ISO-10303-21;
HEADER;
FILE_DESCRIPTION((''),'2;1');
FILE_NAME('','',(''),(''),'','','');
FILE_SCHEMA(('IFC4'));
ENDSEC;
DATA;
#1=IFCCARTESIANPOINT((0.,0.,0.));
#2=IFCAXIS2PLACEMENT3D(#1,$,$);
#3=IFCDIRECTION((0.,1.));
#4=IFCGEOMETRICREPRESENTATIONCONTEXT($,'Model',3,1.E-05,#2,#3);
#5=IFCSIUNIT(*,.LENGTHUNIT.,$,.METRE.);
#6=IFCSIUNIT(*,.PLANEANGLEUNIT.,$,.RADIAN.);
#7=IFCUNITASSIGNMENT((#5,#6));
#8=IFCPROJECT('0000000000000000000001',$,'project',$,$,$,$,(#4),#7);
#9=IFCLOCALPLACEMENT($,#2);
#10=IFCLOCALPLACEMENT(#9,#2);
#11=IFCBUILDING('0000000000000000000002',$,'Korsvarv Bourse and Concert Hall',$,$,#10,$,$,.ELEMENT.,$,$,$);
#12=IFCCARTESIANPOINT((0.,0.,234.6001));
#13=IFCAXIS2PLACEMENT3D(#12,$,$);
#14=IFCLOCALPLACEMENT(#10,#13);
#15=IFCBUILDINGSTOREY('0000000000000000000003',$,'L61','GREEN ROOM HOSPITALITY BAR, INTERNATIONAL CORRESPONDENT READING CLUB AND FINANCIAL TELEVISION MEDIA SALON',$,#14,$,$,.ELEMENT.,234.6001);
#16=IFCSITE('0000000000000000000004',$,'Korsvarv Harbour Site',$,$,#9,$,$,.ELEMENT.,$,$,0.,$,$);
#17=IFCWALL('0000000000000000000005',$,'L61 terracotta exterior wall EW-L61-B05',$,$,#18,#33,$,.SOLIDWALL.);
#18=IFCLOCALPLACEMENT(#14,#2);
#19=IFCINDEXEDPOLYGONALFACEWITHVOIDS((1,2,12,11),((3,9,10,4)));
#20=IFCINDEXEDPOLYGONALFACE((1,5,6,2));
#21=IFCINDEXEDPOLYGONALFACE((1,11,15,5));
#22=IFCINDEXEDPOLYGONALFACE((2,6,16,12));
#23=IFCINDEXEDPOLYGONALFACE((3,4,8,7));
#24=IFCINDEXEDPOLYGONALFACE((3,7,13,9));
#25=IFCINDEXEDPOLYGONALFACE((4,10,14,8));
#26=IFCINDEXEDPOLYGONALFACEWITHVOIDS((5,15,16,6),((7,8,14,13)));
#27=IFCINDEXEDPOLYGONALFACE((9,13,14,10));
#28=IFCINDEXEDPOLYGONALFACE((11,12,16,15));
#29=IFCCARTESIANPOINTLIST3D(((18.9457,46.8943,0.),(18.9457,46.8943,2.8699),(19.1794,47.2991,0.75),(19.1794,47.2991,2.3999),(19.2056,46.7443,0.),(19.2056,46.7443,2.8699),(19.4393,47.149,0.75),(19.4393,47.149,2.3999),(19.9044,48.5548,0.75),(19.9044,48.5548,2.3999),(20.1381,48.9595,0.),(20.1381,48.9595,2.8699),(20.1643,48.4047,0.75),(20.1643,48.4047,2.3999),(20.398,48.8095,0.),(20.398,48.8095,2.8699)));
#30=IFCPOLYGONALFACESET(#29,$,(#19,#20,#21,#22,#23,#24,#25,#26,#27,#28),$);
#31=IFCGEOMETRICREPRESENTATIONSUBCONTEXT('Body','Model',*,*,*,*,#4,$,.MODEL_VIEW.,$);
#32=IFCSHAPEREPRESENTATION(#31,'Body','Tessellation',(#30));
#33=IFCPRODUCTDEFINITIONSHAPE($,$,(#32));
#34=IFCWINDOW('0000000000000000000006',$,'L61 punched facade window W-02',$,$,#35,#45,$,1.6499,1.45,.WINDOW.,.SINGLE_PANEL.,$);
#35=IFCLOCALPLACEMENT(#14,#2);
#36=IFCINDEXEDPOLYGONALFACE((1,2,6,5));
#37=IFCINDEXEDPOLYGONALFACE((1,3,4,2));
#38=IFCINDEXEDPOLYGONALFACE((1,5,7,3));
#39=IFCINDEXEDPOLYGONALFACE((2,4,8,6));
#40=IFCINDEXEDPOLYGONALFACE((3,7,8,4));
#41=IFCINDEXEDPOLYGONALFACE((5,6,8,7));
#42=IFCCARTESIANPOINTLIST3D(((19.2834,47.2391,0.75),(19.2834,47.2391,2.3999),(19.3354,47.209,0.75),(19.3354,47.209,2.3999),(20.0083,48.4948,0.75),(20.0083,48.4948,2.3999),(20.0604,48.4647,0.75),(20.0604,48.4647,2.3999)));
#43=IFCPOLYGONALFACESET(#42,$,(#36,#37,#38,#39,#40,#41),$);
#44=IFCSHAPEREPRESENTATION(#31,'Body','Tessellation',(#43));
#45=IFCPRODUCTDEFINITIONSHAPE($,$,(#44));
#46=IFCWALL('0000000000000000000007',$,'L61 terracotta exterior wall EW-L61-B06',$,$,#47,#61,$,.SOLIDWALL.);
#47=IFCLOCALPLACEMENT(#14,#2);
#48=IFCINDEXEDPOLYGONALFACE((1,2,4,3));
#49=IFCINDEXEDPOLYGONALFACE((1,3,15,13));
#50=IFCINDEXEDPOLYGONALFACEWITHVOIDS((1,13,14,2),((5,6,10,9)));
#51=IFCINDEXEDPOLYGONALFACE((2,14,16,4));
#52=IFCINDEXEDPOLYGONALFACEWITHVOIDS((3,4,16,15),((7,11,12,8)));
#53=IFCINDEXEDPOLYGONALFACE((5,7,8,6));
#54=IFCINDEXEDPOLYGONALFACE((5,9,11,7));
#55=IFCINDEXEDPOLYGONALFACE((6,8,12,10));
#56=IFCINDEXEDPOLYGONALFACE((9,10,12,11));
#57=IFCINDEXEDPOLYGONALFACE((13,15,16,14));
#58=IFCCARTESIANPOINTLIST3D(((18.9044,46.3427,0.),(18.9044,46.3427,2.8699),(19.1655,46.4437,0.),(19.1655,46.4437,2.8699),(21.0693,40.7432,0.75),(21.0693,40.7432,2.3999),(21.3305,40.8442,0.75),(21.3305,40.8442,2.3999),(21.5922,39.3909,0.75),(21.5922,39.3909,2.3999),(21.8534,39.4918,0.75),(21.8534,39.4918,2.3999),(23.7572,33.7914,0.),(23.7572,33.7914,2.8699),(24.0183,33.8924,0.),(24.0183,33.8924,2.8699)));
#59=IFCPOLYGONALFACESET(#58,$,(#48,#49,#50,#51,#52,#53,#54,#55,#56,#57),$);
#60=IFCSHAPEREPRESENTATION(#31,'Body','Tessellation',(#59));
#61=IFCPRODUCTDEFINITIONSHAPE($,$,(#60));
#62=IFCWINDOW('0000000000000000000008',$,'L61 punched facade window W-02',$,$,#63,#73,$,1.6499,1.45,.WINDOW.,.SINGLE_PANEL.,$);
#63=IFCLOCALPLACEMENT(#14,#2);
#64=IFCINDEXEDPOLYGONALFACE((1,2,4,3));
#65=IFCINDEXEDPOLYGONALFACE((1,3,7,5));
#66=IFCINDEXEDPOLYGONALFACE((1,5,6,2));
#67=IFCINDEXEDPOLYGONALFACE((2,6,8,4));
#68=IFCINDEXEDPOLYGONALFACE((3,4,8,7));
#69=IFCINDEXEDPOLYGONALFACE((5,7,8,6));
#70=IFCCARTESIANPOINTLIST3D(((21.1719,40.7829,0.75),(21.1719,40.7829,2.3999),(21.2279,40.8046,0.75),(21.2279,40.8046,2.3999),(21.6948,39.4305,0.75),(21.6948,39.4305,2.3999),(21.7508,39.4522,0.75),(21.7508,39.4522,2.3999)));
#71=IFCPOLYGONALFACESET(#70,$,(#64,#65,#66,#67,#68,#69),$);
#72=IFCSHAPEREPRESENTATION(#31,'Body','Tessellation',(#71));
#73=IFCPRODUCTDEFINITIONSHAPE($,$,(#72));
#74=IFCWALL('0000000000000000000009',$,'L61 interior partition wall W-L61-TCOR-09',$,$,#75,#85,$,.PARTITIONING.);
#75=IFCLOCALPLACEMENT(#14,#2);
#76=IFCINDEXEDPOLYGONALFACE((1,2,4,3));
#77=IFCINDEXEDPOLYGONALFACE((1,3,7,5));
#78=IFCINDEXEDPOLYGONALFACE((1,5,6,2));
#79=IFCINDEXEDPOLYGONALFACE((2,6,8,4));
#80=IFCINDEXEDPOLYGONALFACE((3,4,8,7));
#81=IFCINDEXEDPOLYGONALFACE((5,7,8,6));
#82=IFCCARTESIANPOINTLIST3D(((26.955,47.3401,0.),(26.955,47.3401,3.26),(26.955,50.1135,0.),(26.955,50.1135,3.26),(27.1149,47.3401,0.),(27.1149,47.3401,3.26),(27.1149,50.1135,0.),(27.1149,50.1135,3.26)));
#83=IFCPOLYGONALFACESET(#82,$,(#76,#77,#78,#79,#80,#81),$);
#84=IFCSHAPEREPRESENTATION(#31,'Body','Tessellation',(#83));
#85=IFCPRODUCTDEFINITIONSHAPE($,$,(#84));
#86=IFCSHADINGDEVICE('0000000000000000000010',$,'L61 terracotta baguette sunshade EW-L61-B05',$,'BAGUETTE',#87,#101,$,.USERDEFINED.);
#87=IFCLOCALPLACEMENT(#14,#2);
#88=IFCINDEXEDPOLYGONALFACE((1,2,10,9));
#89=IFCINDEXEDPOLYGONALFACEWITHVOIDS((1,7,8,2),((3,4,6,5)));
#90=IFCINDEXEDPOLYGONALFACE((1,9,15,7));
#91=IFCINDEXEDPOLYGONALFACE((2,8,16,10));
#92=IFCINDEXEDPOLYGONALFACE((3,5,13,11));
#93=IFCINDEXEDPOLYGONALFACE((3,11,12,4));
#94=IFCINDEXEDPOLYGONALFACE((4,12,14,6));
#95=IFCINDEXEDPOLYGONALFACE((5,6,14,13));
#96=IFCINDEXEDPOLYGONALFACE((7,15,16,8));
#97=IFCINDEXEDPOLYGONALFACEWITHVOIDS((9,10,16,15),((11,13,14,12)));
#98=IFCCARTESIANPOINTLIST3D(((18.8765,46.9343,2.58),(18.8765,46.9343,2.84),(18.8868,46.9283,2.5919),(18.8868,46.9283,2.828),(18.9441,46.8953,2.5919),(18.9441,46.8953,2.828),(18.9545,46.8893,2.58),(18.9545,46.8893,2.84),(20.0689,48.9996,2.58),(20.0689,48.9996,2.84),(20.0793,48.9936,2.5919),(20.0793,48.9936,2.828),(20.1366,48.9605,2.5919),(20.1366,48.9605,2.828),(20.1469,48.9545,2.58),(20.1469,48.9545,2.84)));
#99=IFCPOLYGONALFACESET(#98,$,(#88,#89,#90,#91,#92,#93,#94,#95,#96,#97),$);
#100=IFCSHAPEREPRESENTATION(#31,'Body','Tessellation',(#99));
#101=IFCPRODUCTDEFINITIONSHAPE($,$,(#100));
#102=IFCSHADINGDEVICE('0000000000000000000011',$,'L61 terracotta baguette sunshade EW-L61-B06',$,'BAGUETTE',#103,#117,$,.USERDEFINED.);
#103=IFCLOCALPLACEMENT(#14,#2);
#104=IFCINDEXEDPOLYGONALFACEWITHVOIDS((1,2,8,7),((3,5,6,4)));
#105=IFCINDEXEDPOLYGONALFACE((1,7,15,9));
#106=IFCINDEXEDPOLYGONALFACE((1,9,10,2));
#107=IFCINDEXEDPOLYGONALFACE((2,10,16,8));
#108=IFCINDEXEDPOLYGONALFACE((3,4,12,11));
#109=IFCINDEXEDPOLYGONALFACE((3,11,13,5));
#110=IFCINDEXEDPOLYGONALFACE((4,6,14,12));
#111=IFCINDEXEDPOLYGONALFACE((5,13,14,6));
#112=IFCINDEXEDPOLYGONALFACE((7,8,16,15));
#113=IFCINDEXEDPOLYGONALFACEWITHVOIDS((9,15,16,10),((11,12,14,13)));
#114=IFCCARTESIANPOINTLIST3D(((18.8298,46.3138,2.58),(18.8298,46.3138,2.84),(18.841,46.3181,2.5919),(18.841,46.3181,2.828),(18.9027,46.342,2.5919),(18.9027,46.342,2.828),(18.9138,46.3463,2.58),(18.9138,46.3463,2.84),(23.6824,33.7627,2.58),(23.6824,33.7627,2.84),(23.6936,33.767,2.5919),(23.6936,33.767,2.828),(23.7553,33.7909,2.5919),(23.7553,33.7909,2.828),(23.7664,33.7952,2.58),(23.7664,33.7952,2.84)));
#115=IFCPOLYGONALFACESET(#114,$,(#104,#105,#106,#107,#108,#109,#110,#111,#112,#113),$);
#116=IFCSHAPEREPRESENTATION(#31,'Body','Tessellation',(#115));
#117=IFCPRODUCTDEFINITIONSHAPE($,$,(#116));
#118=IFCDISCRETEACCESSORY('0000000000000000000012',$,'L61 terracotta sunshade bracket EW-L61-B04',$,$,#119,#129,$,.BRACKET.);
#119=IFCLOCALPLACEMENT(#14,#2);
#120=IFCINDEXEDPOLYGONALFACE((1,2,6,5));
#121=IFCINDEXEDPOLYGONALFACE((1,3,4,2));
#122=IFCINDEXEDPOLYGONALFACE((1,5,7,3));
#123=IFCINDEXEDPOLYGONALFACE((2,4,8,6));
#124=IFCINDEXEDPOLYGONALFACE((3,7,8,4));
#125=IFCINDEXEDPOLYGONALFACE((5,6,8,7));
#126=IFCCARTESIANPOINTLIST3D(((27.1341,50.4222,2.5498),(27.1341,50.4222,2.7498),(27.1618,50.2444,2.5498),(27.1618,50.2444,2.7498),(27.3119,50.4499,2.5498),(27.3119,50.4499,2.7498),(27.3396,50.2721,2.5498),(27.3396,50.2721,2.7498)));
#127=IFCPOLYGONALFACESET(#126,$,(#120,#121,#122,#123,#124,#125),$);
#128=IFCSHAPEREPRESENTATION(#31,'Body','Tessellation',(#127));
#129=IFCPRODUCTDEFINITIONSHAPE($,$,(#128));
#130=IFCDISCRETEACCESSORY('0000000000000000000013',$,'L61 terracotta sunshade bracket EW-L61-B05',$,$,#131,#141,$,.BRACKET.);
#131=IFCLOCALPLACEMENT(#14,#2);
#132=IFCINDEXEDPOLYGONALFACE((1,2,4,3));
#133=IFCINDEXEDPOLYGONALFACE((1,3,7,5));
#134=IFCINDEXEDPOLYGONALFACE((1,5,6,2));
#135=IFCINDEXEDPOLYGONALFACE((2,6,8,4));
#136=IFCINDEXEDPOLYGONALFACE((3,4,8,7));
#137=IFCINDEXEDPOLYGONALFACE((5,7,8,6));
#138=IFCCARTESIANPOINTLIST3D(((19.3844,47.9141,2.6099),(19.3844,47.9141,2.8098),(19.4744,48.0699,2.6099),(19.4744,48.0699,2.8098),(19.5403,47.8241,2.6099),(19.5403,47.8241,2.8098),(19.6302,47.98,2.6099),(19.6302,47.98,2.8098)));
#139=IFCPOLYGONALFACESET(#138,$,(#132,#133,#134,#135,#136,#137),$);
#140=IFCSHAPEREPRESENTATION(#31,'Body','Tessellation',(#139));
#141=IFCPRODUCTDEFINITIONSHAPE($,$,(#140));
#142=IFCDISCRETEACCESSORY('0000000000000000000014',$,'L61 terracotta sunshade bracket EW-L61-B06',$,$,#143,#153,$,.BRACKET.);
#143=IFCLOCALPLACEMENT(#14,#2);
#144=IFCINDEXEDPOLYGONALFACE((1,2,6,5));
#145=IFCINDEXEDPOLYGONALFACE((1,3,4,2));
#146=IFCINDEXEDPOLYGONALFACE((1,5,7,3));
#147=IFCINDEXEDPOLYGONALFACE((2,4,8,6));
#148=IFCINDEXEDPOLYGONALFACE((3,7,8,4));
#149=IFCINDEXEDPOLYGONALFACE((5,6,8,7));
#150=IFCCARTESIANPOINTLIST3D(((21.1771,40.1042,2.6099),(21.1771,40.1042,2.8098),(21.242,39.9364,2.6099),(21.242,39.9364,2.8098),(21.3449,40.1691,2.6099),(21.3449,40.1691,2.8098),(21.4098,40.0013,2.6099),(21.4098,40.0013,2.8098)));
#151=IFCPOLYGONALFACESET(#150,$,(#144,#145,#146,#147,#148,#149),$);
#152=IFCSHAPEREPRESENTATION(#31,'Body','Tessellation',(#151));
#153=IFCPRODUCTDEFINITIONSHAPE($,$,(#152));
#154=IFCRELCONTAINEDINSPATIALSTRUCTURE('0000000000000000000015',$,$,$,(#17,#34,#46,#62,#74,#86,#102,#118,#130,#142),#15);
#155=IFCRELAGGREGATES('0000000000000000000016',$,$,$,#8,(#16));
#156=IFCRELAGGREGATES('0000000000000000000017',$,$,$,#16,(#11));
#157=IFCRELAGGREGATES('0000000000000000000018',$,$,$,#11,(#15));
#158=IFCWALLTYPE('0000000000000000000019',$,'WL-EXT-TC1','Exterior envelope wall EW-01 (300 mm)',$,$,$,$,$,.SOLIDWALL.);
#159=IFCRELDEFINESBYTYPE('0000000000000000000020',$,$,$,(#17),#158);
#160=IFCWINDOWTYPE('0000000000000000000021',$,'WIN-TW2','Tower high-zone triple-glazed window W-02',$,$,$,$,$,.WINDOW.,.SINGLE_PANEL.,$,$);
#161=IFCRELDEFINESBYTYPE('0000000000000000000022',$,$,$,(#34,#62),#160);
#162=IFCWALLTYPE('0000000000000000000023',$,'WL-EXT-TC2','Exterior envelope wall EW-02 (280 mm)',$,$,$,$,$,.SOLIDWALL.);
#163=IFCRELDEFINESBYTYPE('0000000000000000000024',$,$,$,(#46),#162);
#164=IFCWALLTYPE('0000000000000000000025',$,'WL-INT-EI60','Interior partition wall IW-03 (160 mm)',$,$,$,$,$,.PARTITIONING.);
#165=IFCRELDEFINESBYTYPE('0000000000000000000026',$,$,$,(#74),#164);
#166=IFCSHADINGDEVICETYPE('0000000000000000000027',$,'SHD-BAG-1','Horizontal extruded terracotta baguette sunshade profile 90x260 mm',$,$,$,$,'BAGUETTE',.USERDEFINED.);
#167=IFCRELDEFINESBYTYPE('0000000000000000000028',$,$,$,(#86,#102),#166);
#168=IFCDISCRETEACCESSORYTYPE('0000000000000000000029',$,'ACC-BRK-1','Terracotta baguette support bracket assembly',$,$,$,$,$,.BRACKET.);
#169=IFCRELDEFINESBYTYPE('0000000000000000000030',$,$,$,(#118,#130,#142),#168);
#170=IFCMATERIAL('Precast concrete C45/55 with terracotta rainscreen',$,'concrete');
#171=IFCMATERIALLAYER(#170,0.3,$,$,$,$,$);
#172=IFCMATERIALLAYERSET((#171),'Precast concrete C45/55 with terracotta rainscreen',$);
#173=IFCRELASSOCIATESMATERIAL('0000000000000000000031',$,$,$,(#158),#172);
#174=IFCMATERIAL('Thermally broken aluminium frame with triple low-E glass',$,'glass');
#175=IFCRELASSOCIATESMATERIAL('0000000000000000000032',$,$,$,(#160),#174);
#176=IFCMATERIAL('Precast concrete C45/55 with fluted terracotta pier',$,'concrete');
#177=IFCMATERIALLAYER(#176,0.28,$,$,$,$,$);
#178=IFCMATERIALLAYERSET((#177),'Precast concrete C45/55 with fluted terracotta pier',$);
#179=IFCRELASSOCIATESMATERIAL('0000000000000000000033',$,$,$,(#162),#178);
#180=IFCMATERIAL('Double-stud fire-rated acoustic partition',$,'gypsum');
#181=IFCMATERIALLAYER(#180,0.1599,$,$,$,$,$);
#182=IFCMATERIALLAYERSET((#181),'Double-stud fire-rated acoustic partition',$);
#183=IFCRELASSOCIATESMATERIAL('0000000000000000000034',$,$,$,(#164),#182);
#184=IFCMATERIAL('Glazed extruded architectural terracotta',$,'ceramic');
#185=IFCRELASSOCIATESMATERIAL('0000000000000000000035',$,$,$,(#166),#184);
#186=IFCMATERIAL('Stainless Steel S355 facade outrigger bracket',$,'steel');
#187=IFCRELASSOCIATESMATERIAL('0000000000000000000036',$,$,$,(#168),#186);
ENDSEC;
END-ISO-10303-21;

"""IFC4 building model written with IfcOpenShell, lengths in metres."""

from ifc_helpers import new_model, si_unit, direction, frame, frame_2d, origin, origin_2d, place, context, subcontext, project, spatial, rectangle, hollow_rectangle, extrude, source, transform, mapped, material, layer, layer_set, material_profile, profile_set, type_object, element, fill, save


model = new_model("IFC4")

# Units and contexts
model_context = context("Model", 3, precision=1e-05, world=origin(), true_north=direction((0.0, 1.0)))
body_context = subcontext(model_context, "Body", "Model", "MODEL_VIEW")
ifc_project = project(units=[si_unit("LENGTHUNIT", "METRE"), si_unit("PLANEANGLEUNIT", "RADIAN")], contexts=[model_context])

# Site, building, storey
site_placement = place(None, origin())
site = spatial("IfcSite", under=ifc_project, at=site_placement, Name="Korsvarv Harbour Site", CompositionType="ELEMENT", RefElevation=0.0)
building_placement = place(site_placement, origin())
building = spatial("IfcBuilding", under=site, at=building_placement, Name="Korsvarv Bourse and Concert Hall", CompositionType="ELEMENT")
storey_placement = place(building_placement, frame((0.0, 0.0, 234.6001)))
storey = spatial("IfcBuildingStorey", under=building, at=storey_placement, Name="L61", Description="GREEN ROOM HOSPITALITY BAR, INTERNATIONAL CORRESPONDENT READING CLUB AND FINANCIAL TELEVISION MEDIA SALON", CompositionType="ELEMENT", Elevation=234.6001)

# Walls, openings, windows
ifc_material_1 = material(Name="Precast concrete C45/55 with terracotta rainscreen", Category="concrete")
ifc_layer_1 = layer(ifc_material_1, 0.3)
ifc_layer_set_1 = layer_set([ifc_layer_1], Name="Precast concrete C45/55 with terracotta rainscreen")
wall_type_1 = type_object("IfcWallType", Name="WL-EXT-TC1", Description="Exterior envelope wall EW-01 (300 mm)", PredefinedType="SOLIDWALL", material=ifc_layer_set_1)
wall_1_placement = place(storey_placement, frame((20.2681, 48.8845, 0.0), z_axis=(0.0, 0.0, 1.0), x_axis=(-0.500015, -0.866017, 0.0)))
wall_1 = element("IfcWall", 1, at=wall_1_placement, inside=storey, type_object=wall_type_1, Name="L61 terracotta exterior wall EW-L61-B05", PredefinedType="SOLIDWALL", context=body_context, shape_type="SweptSolid", body=[
    extrude(rectangle(XDim=2.3848, YDim=0.3, at=frame_2d((1.1924, 0.0))), origin(), (0.0, 0.0, 1.0), 2.8699),
])
opening_1_placement = place(wall_1_placement, frame((0.4673, 0.0, 0.75)))
opening_1 = element("IfcOpeningElement", 2, at=opening_1_placement, cuts=wall_1, PredefinedType="OPENING", context=body_context, shape_type="SweptSolid", body=[
    extrude(rectangle(XDim=1.45, YDim=1.6499, at=frame_2d((0.7251, 0.825))), frame((0.0, 0.1602, 0.0), z_axis=(0.0, -1.0, 0.0), x_axis=(1.0, 0.0, 0.0)), (0.0, 0.0, 1.0), 0.3201),
])
ifc_material_2 = material(Name="Thermally broken aluminium frame with triple low-E glass", Category="glass")
window_type = type_object("IfcWindowType", Name="WIN-TW2", Description="Tower high-zone triple-glazed window W-02", PartitioningType="SINGLE_PANEL", PredefinedType="WINDOW", material=ifc_material_2)
window_1_placement = place(opening_1_placement, origin())
window_1 = element("IfcWindow", 3, at=window_1_placement, inside=storey, type_object=window_type, Name="L61 punched facade window W-02", OverallHeight=1.6499, OverallWidth=1.45, PartitioningType="SINGLE_PANEL", PredefinedType="WINDOW", context=body_context, shape_type="SweptSolid", body=[
    extrude(rectangle(XDim=1.45, YDim=1.6499, at=frame_2d((0.7251, 0.825))), frame((0.0, 0.03, 0.0), z_axis=(0.0, -1.0, 0.0), x_axis=(1.0, 0.0, 0.0)), (0.0, 0.0, 1.0), 0.0601),
])
fill(opening_1, window_1)
ifc_material_3 = material(Name="Precast concrete C45/55 with fluted terracotta pier", Category="concrete")
ifc_layer_2 = layer(ifc_material_3, 0.28)
ifc_layer_set_2 = layer_set([ifc_layer_2], Name="Precast concrete C45/55 with fluted terracotta pier")
wall_type_2 = type_object("IfcWallType", Name="WL-EXT-TC2", Description="Exterior envelope wall EW-02 (280 mm)", PredefinedType="SOLIDWALL", material=ifc_layer_set_2)
wall_2_placement = place(storey_placement, frame((19.0349, 46.3933, 0.0), z_axis=(0.0, 0.0, 1.0), x_axis=(0.360621, -0.932712, 0.0)))
wall_2 = element("IfcWall", 4, at=wall_2_placement, inside=storey, type_object=wall_type_2, Name="L61 terracotta exterior wall EW-L61-B06", PredefinedType="SOLIDWALL", context=body_context, shape_type="SweptSolid", body=[
    extrude(rectangle(XDim=13.4568, YDim=0.28, at=frame_2d((6.7285, 0.0))), origin(), (0.0, 0.0, 1.0), 2.8699),
])
opening_2_placement = place(wall_2_placement, frame((6.0034, 0.0, 0.75)))
opening_2 = element("IfcOpeningElement", 5, at=opening_2_placement, cuts=wall_2, PredefinedType="OPENING", context=body_context, shape_type="SweptSolid", body=[
    extrude(rectangle(XDim=1.45, YDim=1.6499, at=frame_2d((0.7251, 0.825))), frame((0.0, 0.1499, 0.0), z_axis=(0.0, -1.0, 0.0), x_axis=(1.0, 0.0, 0.0)), (0.0, 0.0, 1.0), 0.3),
])
window_2_placement = place(opening_2_placement, origin())
window_2 = element("IfcWindow", 6, at=window_2_placement, inside=storey, type_object=window_type, Name="L61 punched facade window W-02", OverallHeight=1.6499, OverallWidth=1.45, PartitioningType="SINGLE_PANEL", PredefinedType="WINDOW", context=body_context, shape_type="SweptSolid", body=[
    extrude(rectangle(XDim=1.45, YDim=1.6499, at=frame_2d((0.7251, 0.825))), frame((0.0, 0.03, 0.0), z_axis=(0.0, -1.0, 0.0), x_axis=(1.0, 0.0, 0.0)), (0.0, 0.0, 1.0), 0.0601),
])
fill(opening_2, window_2)

# Wall
ifc_material_4 = material(Name="Double-stud fire-rated acoustic partition", Category="gypsum")
ifc_layer_3 = layer(ifc_material_4, 0.1599)
ifc_layer_set_3 = layer_set([ifc_layer_3], Name="Double-stud fire-rated acoustic partition")
wall_type_3 = type_object("IfcWallType", Name="WL-INT-EI60", Description="Interior partition wall IW-03 (160 mm)", PredefinedType="PARTITIONING", material=ifc_layer_set_3)
wall_3_placement = place(storey_placement, frame((27.0349, 47.3401, 0.0), z_axis=(0.0, 0.0, 1.0), x_axis=(0.0, 1.0, 0.0)))
element("IfcWall", 7, at=wall_3_placement, inside=storey, type_object=wall_type_3, Name="L61 interior partition wall W-L61-TCOR-09", PredefinedType="PARTITIONING", context=body_context, shape_type="SweptSolid", body=[
    extrude(rectangle(XDim=2.7734, YDim=0.1599, at=frame_2d((1.3867, 0.0))), origin(), (0.0, 0.0, 1.0), 3.26),
])

# Shading devices
ifc_material_5 = material(Name="Glazed extruded architectural terracotta", Category="ceramic")
ifc_material_profile_1 = material_profile(ifc_material_5, hollow_rectangle(XDim=0.0901, YDim=0.26, WallThickness=0.012, at=origin_2d()), Name="TC-BAG 90x260")
ifc_profile_set_1 = profile_set([ifc_material_profile_1], Name="Glazed extruded architectural terracotta")
shading_device_type = type_object("IfcShadingDeviceType", Name="SHD-BAG-1", Description="Horizontal extruded terracotta baguette sunshade profile 90x260 mm", ElementType="BAGUETTE", PredefinedType="USERDEFINED", material=ifc_profile_set_1)
shared_shape_1 = source(origin(), body_context, "Body", "SweptSolid", [
    extrude(hollow_rectangle(XDim=0.0901, YDim=0.26, WallThickness=0.012, at=origin_2d()), origin(), (0.0, 0.0, 1.0), 2.3848),
])
shading_device_1_placement = place(storey_placement, frame((20.1079, 48.9771, 2.71), z_axis=(-0.500015, -0.866017, 0.0), x_axis=(0.866017, -0.500015, 0.0)))
element("IfcShadingDevice", 8, at=shading_device_1_placement, inside=storey, type_object=shading_device_type, Name="L61 terracotta baguette sunshade EW-L61-B05", ObjectType="BAGUETTE", PredefinedType="USERDEFINED", context=body_context, shape_type="MappedRepresentation", body=[
    mapped(shared_shape_1, transform((0.0, 0.0, 0.0), scale=1.0)),
])
shared_shape_2 = source(origin(), body_context, "Body", "SweptSolid", [
    extrude(hollow_rectangle(XDim=0.0901, YDim=0.26, WallThickness=0.012, at=origin_2d()), origin(), (0.0, 0.0, 1.0), 13.4565),
])
shading_device_2_placement = place(storey_placement, frame((18.8718, 46.3301, 2.71), z_axis=(0.360611, -0.932716, 0.0), x_axis=(0.932716, 0.360611, 0.0)))
element("IfcShadingDevice", 9, at=shading_device_2_placement, inside=storey, type_object=shading_device_type, Name="L61 terracotta baguette sunshade EW-L61-B06", ObjectType="BAGUETTE", PredefinedType="USERDEFINED", context=body_context, shape_type="MappedRepresentation", body=[
    mapped(shared_shape_2, transform((0.0, 0.0, 0.0), scale=1.0)),
])

# Discrete accessories
ifc_material_6 = material(Name="Stainless Steel S355 facade outrigger bracket", Category="steel")
discrete_accessory_type = type_object("IfcDiscreteAccessoryType", Name="ACC-BRK-1", Description="Terracotta baguette support bracket assembly", PredefinedType="BRACKET", material=ifc_material_6)
shared_shape_3 = source(origin(), body_context, "Body", "SweptSolid", [
    extrude(rectangle(XDim=0.1799, YDim=0.1799, at=origin_2d()), origin(), (0.0, 0.0, 1.0), 0.2),
])
for number, where, z_axis, x_axis, name in (
    (10, (27.2368, 50.3472, 2.5498), (0.0, 0.0, 1.0), (-0.988068, -0.154021, 0.0), "L61 terracotta sunshade bracket EW-L61-B04"),
    (11, (19.5073, 47.947, 2.6099), (0.0, 0.0, 1.0), (-0.5, -0.866025, 0.0), "L61 terracotta sunshade bracket EW-L61-B05"),
    (12, (21.2935, 40.0527, 2.6099), (0.0, 0.0, 1.0), (0.360648, -0.932702, 0.0), "L61 terracotta sunshade bracket EW-L61-B06"),
):
    element("IfcDiscreteAccessory", number, at=place(storey_placement, frame(where, z_axis=z_axis, x_axis=x_axis)), inside=storey, type_object=discrete_accessory_type, Name=name, PredefinedType="BRACKET", context=body_context, shape_type="MappedRepresentation", body=[
        mapped(shared_shape_3, transform((0.0, 0.0, 0.0), scale=1.0)),
    ])

save(model, "model.ifc")
